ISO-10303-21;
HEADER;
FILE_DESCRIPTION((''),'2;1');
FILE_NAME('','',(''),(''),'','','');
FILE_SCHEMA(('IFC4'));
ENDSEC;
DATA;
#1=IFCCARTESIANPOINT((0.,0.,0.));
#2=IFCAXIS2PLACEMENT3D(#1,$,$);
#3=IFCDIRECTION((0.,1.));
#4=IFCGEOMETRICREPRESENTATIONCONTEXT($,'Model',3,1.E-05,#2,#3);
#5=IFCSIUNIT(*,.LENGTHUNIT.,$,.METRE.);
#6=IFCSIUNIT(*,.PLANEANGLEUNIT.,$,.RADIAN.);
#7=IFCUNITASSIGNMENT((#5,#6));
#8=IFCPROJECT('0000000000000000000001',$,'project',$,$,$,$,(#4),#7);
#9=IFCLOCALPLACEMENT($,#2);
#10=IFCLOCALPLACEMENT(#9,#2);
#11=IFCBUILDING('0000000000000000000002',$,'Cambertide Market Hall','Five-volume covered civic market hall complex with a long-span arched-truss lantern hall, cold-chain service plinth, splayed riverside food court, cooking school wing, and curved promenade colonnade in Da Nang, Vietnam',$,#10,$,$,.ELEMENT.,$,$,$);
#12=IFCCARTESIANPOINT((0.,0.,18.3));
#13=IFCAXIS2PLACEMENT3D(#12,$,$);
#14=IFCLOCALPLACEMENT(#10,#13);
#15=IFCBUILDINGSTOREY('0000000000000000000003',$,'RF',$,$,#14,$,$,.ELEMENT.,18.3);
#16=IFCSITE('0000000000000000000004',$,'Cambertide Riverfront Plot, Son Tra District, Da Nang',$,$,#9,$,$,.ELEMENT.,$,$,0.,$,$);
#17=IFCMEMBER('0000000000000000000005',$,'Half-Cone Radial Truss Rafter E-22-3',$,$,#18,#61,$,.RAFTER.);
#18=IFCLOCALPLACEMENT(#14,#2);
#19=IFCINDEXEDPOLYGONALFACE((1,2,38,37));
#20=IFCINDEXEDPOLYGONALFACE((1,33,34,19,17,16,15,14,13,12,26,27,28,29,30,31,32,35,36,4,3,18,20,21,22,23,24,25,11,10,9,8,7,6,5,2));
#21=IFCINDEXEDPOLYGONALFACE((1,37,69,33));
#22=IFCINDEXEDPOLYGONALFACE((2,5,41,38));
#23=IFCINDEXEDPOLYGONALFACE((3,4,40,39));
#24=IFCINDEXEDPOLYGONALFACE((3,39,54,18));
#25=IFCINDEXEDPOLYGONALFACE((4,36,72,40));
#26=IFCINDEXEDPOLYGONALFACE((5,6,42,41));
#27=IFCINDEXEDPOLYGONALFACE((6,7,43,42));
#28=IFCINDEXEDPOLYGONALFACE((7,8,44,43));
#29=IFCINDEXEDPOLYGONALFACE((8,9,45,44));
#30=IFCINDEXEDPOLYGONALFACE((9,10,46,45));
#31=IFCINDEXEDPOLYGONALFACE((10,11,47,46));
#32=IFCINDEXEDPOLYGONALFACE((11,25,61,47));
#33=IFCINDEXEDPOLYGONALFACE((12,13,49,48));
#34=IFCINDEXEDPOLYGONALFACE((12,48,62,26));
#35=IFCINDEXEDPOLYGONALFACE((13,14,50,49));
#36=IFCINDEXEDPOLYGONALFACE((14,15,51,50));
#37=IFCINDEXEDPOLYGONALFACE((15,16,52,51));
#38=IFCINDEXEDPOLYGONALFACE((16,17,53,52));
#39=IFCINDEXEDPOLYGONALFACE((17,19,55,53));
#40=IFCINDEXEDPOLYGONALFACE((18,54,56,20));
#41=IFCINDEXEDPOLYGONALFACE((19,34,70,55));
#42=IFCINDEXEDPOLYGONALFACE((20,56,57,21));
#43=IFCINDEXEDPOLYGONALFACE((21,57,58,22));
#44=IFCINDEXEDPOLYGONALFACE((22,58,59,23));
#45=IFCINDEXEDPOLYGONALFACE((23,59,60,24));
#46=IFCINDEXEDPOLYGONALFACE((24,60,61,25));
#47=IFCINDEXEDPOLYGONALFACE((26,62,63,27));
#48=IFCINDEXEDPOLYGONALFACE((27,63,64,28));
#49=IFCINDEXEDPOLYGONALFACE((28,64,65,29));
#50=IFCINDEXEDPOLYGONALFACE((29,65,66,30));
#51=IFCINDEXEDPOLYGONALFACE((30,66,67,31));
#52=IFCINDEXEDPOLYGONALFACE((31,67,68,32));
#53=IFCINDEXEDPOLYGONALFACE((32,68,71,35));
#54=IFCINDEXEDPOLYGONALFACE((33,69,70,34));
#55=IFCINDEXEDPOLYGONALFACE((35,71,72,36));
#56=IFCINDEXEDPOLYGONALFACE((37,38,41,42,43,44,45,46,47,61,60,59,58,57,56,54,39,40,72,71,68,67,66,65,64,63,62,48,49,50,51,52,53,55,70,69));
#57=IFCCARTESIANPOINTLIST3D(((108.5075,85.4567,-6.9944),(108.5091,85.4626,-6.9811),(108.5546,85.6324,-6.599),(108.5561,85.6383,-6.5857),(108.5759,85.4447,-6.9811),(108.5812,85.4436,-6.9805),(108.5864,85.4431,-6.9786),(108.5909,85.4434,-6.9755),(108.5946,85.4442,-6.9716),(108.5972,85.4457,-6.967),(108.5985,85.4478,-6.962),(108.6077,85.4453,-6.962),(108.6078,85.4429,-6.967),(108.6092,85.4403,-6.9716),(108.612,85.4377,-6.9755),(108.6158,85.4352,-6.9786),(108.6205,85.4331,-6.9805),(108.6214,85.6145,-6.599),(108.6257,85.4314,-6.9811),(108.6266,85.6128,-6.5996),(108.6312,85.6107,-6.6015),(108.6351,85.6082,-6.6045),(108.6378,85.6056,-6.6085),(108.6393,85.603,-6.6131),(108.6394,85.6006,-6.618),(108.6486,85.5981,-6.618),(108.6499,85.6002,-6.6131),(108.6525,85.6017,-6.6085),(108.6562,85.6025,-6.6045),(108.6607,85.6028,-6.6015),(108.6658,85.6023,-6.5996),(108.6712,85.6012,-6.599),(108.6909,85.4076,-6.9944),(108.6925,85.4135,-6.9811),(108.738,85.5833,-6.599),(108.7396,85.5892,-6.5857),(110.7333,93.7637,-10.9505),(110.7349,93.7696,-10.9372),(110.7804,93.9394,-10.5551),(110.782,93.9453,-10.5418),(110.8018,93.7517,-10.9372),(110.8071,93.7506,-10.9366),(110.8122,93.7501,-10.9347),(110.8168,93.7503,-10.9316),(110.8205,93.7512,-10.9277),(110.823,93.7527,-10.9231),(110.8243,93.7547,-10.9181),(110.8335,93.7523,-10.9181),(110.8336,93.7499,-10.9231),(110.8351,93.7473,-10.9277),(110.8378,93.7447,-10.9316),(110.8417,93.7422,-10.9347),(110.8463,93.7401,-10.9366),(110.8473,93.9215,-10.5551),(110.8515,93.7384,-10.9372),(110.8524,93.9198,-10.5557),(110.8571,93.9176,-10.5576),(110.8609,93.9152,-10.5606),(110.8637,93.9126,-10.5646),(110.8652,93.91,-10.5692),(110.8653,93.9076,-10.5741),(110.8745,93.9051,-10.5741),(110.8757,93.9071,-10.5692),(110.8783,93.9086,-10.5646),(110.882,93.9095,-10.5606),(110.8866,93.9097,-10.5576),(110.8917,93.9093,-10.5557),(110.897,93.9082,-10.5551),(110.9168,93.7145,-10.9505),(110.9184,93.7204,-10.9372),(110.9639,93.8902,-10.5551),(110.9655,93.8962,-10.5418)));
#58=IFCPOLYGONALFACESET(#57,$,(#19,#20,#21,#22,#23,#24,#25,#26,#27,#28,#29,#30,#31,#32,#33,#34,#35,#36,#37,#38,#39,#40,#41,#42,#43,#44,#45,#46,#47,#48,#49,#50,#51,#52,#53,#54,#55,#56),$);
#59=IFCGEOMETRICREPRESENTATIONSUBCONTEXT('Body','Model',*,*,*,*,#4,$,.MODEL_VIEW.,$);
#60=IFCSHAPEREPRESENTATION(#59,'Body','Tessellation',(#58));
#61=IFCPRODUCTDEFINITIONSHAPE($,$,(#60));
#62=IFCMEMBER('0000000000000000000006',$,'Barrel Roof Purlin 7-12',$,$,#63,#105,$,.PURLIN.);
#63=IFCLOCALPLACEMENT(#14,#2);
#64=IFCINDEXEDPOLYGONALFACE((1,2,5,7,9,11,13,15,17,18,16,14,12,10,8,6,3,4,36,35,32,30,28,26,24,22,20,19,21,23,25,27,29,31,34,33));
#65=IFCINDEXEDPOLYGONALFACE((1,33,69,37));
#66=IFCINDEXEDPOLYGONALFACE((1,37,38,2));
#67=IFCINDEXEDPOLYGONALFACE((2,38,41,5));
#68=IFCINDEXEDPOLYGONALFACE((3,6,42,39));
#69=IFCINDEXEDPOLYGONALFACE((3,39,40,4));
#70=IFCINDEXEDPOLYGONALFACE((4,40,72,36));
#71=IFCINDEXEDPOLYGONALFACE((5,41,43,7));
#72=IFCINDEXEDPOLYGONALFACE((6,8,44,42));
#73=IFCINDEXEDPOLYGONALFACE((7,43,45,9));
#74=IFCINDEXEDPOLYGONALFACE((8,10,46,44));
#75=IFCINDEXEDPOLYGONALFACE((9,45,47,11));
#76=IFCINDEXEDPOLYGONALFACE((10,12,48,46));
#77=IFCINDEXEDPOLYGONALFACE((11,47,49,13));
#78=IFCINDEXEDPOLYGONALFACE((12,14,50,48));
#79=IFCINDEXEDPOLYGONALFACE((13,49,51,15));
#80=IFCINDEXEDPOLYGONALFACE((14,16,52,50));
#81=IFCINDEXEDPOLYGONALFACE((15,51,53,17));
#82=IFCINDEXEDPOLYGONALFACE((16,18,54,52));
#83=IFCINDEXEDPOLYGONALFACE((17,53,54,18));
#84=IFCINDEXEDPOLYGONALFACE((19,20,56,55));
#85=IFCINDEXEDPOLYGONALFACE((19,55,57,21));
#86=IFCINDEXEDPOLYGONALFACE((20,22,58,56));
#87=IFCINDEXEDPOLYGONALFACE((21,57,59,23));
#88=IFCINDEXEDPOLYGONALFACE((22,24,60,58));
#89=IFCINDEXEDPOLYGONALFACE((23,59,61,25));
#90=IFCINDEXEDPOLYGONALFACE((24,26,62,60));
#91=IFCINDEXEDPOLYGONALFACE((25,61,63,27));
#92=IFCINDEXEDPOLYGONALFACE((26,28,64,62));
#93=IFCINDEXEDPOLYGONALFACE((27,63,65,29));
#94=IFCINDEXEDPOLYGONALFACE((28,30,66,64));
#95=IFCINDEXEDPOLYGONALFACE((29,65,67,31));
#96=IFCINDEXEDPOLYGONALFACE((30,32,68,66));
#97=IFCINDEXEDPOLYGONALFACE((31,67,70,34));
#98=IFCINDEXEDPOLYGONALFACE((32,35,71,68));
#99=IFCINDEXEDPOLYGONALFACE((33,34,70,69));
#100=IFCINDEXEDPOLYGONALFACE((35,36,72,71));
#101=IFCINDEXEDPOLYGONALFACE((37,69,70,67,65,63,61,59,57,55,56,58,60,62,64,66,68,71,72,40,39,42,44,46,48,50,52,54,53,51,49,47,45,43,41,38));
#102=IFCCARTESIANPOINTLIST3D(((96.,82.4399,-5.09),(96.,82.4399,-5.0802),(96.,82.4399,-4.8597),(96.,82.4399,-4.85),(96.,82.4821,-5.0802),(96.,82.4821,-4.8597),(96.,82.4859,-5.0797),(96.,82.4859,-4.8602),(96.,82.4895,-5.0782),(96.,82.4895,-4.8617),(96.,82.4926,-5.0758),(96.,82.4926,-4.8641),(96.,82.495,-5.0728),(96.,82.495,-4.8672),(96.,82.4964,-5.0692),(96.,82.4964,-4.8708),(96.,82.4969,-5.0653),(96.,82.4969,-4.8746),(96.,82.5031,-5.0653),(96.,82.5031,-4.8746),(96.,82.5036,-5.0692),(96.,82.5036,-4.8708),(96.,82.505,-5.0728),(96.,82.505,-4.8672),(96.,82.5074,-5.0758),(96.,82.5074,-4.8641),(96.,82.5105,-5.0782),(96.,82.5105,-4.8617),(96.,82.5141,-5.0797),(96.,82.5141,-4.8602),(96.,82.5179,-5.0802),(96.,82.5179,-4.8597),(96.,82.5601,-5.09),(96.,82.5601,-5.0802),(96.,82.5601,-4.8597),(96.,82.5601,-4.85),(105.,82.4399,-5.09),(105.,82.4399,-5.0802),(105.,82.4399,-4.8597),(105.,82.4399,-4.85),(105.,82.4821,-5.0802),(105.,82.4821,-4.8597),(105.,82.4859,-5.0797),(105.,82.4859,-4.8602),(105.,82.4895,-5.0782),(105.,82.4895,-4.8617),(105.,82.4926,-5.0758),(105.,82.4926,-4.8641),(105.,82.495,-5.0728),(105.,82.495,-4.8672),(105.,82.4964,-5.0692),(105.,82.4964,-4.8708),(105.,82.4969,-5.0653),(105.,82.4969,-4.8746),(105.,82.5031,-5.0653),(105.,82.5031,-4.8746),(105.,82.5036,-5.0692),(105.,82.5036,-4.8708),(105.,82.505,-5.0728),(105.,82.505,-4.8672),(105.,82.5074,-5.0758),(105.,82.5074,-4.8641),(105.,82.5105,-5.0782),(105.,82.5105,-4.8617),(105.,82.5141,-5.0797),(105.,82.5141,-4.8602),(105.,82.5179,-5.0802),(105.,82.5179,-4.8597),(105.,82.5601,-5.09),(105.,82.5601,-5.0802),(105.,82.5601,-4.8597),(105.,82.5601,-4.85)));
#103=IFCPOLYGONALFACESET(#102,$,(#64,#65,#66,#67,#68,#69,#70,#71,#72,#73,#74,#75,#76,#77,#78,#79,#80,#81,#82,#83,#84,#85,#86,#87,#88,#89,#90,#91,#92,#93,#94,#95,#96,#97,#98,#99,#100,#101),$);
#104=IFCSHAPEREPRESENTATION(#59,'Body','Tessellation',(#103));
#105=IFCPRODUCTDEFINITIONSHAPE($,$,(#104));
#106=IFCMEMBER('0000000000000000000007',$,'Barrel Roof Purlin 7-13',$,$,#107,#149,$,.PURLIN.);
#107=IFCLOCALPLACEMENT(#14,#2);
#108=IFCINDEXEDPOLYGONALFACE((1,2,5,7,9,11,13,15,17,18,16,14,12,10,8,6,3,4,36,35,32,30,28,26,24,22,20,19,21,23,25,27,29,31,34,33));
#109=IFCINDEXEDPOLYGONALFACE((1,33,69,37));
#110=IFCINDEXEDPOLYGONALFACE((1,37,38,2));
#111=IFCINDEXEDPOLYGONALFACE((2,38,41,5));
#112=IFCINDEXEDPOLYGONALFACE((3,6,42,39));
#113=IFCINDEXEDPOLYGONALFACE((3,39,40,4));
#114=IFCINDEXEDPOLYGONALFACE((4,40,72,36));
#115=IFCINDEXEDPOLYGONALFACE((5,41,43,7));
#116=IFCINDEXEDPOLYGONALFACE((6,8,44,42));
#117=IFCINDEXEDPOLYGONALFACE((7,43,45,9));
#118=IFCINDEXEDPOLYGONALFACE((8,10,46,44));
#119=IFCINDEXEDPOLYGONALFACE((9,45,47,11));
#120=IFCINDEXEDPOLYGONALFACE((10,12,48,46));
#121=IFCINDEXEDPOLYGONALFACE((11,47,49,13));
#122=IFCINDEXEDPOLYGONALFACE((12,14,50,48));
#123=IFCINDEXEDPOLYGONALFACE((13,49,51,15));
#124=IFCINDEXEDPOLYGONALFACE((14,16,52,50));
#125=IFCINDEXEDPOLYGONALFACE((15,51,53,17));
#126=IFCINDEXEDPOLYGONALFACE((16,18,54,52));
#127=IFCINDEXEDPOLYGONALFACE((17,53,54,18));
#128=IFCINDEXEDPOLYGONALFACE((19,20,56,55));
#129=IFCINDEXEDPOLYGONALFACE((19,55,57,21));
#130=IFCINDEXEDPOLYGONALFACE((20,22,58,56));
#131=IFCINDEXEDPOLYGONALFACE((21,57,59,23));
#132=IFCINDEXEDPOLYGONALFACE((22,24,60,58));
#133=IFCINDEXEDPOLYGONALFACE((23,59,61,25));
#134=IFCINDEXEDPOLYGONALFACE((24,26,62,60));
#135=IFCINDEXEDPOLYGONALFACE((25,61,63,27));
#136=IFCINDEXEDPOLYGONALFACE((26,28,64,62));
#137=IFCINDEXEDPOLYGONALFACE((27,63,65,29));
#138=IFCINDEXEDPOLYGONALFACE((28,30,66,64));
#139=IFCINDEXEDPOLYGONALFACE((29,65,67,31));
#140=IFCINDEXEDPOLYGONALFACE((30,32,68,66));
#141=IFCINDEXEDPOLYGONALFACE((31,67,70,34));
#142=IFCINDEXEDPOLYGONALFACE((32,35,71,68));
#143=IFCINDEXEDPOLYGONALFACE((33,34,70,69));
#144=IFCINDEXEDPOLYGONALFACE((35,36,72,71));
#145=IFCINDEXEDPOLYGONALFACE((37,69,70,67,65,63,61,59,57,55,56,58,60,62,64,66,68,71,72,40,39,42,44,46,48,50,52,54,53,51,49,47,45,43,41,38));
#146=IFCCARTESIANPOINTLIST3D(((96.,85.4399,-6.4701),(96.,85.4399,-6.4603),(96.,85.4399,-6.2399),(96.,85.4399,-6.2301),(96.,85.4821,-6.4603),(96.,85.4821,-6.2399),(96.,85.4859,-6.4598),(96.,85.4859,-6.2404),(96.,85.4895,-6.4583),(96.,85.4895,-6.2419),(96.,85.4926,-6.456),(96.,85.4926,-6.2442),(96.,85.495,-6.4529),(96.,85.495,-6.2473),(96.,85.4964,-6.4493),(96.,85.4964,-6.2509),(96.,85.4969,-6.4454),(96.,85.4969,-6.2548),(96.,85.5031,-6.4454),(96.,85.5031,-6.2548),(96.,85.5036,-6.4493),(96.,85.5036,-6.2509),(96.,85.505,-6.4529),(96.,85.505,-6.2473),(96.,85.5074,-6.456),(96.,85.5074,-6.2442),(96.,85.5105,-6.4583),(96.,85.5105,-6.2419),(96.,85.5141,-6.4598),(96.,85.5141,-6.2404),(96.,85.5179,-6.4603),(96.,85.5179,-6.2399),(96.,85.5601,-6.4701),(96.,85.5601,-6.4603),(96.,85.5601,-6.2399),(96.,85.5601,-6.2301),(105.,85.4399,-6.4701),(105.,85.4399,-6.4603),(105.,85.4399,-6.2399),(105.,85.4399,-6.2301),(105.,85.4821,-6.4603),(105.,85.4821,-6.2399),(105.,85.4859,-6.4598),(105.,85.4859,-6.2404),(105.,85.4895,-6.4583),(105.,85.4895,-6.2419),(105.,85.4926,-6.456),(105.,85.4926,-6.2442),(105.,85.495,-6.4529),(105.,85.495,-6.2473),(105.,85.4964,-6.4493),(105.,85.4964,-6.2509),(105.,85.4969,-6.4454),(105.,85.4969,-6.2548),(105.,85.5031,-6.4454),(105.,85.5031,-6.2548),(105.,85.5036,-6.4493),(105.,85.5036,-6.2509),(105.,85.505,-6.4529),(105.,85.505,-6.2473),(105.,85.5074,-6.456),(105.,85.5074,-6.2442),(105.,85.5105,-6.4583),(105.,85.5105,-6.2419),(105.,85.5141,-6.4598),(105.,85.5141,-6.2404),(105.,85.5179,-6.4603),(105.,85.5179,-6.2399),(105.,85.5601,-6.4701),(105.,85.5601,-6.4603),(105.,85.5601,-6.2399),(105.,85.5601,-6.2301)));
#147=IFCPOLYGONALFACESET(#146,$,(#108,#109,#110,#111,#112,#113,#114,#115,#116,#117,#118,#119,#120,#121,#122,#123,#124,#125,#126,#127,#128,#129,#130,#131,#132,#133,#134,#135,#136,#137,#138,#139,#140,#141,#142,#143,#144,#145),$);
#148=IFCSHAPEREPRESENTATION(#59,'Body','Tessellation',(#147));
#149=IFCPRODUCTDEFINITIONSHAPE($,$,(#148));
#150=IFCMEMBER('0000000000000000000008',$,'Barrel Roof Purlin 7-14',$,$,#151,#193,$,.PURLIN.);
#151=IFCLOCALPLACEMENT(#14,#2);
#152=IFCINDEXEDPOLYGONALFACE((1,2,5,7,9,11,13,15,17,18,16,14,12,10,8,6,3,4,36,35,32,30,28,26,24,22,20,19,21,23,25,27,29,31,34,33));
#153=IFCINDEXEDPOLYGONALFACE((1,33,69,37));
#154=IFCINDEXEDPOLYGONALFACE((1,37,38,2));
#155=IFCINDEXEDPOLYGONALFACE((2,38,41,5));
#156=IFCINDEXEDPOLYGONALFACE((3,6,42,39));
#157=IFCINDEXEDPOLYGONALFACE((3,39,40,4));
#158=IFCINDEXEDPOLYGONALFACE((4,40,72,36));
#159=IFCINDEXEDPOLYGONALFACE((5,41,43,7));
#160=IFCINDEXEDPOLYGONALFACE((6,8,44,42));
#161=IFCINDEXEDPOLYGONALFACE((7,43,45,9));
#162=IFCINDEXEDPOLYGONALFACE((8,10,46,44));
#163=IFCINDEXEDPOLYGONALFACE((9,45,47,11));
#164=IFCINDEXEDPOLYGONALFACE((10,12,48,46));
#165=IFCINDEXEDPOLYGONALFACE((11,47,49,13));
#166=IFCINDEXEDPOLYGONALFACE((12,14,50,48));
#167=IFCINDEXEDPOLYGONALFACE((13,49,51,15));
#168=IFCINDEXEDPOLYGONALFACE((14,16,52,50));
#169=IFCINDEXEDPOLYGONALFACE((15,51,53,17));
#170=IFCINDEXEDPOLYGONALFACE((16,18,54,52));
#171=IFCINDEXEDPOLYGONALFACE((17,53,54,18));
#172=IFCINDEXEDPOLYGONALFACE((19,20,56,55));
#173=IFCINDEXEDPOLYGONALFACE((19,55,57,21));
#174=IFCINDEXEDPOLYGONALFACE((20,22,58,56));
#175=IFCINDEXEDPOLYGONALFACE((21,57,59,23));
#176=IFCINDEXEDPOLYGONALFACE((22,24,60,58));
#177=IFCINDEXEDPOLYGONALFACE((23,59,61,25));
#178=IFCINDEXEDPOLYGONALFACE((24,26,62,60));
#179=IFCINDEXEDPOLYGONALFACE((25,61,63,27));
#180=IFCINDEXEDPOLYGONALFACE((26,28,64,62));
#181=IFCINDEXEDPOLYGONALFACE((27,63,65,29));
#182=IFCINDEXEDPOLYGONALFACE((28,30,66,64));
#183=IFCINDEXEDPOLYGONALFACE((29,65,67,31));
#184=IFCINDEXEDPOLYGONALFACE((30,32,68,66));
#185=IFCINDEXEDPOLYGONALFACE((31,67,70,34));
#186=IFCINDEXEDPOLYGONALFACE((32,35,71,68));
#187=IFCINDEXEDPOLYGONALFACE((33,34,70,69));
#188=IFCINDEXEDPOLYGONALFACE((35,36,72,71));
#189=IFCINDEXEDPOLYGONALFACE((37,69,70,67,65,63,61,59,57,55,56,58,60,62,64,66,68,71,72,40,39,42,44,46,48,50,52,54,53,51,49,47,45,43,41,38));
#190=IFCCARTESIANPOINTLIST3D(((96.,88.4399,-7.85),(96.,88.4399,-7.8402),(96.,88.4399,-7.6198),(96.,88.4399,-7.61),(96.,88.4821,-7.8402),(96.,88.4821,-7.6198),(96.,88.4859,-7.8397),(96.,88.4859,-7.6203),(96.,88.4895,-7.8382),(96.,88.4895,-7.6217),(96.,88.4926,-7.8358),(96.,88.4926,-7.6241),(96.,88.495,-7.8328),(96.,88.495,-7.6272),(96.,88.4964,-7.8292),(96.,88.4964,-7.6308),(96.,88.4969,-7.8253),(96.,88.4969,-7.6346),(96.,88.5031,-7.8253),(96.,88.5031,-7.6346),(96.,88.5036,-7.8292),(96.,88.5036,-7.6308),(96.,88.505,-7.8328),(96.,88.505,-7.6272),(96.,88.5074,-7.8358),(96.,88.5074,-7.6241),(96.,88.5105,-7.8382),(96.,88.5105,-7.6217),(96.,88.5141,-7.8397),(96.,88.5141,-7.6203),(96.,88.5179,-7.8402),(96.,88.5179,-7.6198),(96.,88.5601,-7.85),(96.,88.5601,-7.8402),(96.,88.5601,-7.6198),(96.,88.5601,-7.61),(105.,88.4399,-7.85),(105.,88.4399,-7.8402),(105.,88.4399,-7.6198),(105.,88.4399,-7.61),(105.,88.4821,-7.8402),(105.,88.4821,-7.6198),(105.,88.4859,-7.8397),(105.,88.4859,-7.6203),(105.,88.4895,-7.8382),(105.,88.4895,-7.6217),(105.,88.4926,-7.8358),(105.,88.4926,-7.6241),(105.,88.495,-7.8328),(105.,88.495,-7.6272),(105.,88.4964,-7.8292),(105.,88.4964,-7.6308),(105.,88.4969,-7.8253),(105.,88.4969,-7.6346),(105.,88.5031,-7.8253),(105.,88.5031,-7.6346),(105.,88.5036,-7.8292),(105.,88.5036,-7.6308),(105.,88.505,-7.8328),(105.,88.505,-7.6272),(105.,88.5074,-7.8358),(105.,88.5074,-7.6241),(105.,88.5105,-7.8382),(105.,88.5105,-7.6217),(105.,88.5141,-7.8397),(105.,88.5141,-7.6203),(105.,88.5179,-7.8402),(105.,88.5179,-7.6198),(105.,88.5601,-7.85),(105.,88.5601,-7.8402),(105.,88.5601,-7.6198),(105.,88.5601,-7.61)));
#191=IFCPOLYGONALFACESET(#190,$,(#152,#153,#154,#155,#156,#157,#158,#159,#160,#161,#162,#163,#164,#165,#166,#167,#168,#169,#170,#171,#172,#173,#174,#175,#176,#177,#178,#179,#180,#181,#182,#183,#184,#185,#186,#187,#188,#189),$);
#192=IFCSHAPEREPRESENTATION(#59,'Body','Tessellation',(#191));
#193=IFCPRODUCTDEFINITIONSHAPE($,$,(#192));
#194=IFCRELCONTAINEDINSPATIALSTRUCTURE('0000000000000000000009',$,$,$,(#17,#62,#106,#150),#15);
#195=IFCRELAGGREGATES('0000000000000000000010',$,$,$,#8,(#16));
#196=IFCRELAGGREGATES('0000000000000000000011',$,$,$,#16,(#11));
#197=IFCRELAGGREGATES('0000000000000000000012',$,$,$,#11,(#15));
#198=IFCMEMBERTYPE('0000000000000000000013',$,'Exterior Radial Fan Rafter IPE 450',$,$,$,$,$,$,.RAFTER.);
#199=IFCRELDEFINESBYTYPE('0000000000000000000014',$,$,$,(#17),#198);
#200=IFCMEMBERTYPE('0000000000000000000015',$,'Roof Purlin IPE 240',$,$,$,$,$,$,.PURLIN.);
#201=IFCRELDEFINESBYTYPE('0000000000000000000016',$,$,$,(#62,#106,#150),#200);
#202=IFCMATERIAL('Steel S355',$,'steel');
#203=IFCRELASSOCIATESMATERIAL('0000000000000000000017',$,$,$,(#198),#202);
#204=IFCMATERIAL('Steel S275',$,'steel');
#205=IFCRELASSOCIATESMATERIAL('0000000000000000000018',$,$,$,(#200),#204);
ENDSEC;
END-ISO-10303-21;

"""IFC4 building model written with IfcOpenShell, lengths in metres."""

from ifc_helpers import new_model, si_unit, direction, frame, origin, origin_2d, place, context, subcontext, project, spatial, i_section, extrude, material, material_profile, profile_set, type_object, element, save


model = new_model("IFC4")

# Units and contexts
model_context = context("Model", 3, precision=1e-05, world=origin(), true_north=direction((0.0, 1.0)))
body_context = subcontext(model_context, "Body", "Model", "MODEL_VIEW")
ifc_project = project(units=[si_unit("LENGTHUNIT", "METRE"), si_unit("PLANEANGLEUNIT", "RADIAN")], contexts=[model_context])

# Site, building, storey
site_placement = place(None, origin())
site = spatial("IfcSite", under=ifc_project, at=site_placement, Name="Cambertide Riverfront Plot, Son Tra District, Da Nang", CompositionType="ELEMENT", RefElevation=0.0)
building_placement = place(site_placement, origin())
building = spatial("IfcBuilding", under=site, at=building_placement, Name="Cambertide Market Hall", Description="Five-volume covered civic market hall complex with a long-span arched-truss lantern hall, cold-chain service plinth, splayed riverside food court, cooking school wing, and curved promenade colonnade in Da Nang, Vietnam", CompositionType="ELEMENT")
storey_placement = place(building_placement, frame((0.0, 0.0, 18.3)))
storey = spatial("IfcBuildingStorey", under=building, at=storey_placement, Name="RF", CompositionType="ELEMENT", Elevation=18.3)

# Members
ifc_material_1 = material(Name="Steel S355", Category="steel")
ifc_material_profile_1 = material_profile(ifc_material_1, i_section(OverallWidth=0.1899, OverallDepth=0.45, WebThickness=0.0095, FlangeThickness=0.0146, FilletRadius=0.021, at=origin_2d()), Name="IPE 450")
ifc_profile_set_1 = profile_set([ifc_material_profile_1], Name="Steel S355")
member_type_1 = type_object("IfcMemberType", Name="Exterior Radial Fan Rafter IPE 450", PredefinedType="RAFTER", material=ifc_profile_set_1)
member_1_placement = place(storey_placement, frame((108.6235, 85.5229, -6.79), z_axis=(0.235134, 0.877531, -0.417914), x_axis=(-0.965926, 0.25882, 0.0)))
element("IfcMember", 1, at=member_1_placement, inside=storey, type_object=member_type_1, Name="Half-Cone Radial Truss Rafter E-22-3", PredefinedType="RAFTER", context=body_context, shape_type="SweptSolid", body=[
    extrude(i_section(OverallWidth=0.1899, OverallDepth=0.45, WebThickness=0.0095, FlangeThickness=0.0146, FilletRadius=0.021, at=origin_2d()), origin(), (0.0, 0.0, 1.0), 9.4663),
])
ifc_material_2 = material(Name="Steel S275", Category="steel")
ifc_material_profile_2 = material_profile(ifc_material_2, i_section(OverallWidth=0.1201, OverallDepth=0.24, WebThickness=0.0061, FlangeThickness=0.0098, FilletRadius=0.0149, at=origin_2d()), Name="IPE 240")
ifc_profile_set_2 = profile_set([ifc_material_profile_2], Name="Steel S275")
member_type_2 = type_object("IfcMemberType", Name="Roof Purlin IPE 240", PredefinedType="PURLIN", material=ifc_profile_set_2)
for number, where, z_axis, x_axis, name in (
    (2, (96.0, 82.5, -4.97), (1.0, 0.0, 0.0), (0.0, 1.0, 0.0), "Barrel Roof Purlin 7-12"),
    (3, (96.0, 85.5, -6.3501), (1.0, 0.0, 0.0), (0.0, 1.0, 0.0), "Barrel Roof Purlin 7-13"),
    (4, (96.0, 88.5, -7.73), (1.0, 0.0, 0.0), (0.0, 1.0, 0.0), "Barrel Roof Purlin 7-14"),
):
    element("IfcMember", number, at=place(storey_placement, frame(where, z_axis=z_axis, x_axis=x_axis)), inside=storey, type_object=member_type_2, Name=name, PredefinedType="PURLIN", context=body_context, shape_type="SweptSolid", body=[
        extrude(i_section(OverallWidth=0.1201, OverallDepth=0.24, WebThickness=0.0061, FlangeThickness=0.0098, FilletRadius=0.0149, at=origin_2d()), origin(), (0.0, 0.0, 1.0), 9.0),
    ])

save(model, "model.ifc")
